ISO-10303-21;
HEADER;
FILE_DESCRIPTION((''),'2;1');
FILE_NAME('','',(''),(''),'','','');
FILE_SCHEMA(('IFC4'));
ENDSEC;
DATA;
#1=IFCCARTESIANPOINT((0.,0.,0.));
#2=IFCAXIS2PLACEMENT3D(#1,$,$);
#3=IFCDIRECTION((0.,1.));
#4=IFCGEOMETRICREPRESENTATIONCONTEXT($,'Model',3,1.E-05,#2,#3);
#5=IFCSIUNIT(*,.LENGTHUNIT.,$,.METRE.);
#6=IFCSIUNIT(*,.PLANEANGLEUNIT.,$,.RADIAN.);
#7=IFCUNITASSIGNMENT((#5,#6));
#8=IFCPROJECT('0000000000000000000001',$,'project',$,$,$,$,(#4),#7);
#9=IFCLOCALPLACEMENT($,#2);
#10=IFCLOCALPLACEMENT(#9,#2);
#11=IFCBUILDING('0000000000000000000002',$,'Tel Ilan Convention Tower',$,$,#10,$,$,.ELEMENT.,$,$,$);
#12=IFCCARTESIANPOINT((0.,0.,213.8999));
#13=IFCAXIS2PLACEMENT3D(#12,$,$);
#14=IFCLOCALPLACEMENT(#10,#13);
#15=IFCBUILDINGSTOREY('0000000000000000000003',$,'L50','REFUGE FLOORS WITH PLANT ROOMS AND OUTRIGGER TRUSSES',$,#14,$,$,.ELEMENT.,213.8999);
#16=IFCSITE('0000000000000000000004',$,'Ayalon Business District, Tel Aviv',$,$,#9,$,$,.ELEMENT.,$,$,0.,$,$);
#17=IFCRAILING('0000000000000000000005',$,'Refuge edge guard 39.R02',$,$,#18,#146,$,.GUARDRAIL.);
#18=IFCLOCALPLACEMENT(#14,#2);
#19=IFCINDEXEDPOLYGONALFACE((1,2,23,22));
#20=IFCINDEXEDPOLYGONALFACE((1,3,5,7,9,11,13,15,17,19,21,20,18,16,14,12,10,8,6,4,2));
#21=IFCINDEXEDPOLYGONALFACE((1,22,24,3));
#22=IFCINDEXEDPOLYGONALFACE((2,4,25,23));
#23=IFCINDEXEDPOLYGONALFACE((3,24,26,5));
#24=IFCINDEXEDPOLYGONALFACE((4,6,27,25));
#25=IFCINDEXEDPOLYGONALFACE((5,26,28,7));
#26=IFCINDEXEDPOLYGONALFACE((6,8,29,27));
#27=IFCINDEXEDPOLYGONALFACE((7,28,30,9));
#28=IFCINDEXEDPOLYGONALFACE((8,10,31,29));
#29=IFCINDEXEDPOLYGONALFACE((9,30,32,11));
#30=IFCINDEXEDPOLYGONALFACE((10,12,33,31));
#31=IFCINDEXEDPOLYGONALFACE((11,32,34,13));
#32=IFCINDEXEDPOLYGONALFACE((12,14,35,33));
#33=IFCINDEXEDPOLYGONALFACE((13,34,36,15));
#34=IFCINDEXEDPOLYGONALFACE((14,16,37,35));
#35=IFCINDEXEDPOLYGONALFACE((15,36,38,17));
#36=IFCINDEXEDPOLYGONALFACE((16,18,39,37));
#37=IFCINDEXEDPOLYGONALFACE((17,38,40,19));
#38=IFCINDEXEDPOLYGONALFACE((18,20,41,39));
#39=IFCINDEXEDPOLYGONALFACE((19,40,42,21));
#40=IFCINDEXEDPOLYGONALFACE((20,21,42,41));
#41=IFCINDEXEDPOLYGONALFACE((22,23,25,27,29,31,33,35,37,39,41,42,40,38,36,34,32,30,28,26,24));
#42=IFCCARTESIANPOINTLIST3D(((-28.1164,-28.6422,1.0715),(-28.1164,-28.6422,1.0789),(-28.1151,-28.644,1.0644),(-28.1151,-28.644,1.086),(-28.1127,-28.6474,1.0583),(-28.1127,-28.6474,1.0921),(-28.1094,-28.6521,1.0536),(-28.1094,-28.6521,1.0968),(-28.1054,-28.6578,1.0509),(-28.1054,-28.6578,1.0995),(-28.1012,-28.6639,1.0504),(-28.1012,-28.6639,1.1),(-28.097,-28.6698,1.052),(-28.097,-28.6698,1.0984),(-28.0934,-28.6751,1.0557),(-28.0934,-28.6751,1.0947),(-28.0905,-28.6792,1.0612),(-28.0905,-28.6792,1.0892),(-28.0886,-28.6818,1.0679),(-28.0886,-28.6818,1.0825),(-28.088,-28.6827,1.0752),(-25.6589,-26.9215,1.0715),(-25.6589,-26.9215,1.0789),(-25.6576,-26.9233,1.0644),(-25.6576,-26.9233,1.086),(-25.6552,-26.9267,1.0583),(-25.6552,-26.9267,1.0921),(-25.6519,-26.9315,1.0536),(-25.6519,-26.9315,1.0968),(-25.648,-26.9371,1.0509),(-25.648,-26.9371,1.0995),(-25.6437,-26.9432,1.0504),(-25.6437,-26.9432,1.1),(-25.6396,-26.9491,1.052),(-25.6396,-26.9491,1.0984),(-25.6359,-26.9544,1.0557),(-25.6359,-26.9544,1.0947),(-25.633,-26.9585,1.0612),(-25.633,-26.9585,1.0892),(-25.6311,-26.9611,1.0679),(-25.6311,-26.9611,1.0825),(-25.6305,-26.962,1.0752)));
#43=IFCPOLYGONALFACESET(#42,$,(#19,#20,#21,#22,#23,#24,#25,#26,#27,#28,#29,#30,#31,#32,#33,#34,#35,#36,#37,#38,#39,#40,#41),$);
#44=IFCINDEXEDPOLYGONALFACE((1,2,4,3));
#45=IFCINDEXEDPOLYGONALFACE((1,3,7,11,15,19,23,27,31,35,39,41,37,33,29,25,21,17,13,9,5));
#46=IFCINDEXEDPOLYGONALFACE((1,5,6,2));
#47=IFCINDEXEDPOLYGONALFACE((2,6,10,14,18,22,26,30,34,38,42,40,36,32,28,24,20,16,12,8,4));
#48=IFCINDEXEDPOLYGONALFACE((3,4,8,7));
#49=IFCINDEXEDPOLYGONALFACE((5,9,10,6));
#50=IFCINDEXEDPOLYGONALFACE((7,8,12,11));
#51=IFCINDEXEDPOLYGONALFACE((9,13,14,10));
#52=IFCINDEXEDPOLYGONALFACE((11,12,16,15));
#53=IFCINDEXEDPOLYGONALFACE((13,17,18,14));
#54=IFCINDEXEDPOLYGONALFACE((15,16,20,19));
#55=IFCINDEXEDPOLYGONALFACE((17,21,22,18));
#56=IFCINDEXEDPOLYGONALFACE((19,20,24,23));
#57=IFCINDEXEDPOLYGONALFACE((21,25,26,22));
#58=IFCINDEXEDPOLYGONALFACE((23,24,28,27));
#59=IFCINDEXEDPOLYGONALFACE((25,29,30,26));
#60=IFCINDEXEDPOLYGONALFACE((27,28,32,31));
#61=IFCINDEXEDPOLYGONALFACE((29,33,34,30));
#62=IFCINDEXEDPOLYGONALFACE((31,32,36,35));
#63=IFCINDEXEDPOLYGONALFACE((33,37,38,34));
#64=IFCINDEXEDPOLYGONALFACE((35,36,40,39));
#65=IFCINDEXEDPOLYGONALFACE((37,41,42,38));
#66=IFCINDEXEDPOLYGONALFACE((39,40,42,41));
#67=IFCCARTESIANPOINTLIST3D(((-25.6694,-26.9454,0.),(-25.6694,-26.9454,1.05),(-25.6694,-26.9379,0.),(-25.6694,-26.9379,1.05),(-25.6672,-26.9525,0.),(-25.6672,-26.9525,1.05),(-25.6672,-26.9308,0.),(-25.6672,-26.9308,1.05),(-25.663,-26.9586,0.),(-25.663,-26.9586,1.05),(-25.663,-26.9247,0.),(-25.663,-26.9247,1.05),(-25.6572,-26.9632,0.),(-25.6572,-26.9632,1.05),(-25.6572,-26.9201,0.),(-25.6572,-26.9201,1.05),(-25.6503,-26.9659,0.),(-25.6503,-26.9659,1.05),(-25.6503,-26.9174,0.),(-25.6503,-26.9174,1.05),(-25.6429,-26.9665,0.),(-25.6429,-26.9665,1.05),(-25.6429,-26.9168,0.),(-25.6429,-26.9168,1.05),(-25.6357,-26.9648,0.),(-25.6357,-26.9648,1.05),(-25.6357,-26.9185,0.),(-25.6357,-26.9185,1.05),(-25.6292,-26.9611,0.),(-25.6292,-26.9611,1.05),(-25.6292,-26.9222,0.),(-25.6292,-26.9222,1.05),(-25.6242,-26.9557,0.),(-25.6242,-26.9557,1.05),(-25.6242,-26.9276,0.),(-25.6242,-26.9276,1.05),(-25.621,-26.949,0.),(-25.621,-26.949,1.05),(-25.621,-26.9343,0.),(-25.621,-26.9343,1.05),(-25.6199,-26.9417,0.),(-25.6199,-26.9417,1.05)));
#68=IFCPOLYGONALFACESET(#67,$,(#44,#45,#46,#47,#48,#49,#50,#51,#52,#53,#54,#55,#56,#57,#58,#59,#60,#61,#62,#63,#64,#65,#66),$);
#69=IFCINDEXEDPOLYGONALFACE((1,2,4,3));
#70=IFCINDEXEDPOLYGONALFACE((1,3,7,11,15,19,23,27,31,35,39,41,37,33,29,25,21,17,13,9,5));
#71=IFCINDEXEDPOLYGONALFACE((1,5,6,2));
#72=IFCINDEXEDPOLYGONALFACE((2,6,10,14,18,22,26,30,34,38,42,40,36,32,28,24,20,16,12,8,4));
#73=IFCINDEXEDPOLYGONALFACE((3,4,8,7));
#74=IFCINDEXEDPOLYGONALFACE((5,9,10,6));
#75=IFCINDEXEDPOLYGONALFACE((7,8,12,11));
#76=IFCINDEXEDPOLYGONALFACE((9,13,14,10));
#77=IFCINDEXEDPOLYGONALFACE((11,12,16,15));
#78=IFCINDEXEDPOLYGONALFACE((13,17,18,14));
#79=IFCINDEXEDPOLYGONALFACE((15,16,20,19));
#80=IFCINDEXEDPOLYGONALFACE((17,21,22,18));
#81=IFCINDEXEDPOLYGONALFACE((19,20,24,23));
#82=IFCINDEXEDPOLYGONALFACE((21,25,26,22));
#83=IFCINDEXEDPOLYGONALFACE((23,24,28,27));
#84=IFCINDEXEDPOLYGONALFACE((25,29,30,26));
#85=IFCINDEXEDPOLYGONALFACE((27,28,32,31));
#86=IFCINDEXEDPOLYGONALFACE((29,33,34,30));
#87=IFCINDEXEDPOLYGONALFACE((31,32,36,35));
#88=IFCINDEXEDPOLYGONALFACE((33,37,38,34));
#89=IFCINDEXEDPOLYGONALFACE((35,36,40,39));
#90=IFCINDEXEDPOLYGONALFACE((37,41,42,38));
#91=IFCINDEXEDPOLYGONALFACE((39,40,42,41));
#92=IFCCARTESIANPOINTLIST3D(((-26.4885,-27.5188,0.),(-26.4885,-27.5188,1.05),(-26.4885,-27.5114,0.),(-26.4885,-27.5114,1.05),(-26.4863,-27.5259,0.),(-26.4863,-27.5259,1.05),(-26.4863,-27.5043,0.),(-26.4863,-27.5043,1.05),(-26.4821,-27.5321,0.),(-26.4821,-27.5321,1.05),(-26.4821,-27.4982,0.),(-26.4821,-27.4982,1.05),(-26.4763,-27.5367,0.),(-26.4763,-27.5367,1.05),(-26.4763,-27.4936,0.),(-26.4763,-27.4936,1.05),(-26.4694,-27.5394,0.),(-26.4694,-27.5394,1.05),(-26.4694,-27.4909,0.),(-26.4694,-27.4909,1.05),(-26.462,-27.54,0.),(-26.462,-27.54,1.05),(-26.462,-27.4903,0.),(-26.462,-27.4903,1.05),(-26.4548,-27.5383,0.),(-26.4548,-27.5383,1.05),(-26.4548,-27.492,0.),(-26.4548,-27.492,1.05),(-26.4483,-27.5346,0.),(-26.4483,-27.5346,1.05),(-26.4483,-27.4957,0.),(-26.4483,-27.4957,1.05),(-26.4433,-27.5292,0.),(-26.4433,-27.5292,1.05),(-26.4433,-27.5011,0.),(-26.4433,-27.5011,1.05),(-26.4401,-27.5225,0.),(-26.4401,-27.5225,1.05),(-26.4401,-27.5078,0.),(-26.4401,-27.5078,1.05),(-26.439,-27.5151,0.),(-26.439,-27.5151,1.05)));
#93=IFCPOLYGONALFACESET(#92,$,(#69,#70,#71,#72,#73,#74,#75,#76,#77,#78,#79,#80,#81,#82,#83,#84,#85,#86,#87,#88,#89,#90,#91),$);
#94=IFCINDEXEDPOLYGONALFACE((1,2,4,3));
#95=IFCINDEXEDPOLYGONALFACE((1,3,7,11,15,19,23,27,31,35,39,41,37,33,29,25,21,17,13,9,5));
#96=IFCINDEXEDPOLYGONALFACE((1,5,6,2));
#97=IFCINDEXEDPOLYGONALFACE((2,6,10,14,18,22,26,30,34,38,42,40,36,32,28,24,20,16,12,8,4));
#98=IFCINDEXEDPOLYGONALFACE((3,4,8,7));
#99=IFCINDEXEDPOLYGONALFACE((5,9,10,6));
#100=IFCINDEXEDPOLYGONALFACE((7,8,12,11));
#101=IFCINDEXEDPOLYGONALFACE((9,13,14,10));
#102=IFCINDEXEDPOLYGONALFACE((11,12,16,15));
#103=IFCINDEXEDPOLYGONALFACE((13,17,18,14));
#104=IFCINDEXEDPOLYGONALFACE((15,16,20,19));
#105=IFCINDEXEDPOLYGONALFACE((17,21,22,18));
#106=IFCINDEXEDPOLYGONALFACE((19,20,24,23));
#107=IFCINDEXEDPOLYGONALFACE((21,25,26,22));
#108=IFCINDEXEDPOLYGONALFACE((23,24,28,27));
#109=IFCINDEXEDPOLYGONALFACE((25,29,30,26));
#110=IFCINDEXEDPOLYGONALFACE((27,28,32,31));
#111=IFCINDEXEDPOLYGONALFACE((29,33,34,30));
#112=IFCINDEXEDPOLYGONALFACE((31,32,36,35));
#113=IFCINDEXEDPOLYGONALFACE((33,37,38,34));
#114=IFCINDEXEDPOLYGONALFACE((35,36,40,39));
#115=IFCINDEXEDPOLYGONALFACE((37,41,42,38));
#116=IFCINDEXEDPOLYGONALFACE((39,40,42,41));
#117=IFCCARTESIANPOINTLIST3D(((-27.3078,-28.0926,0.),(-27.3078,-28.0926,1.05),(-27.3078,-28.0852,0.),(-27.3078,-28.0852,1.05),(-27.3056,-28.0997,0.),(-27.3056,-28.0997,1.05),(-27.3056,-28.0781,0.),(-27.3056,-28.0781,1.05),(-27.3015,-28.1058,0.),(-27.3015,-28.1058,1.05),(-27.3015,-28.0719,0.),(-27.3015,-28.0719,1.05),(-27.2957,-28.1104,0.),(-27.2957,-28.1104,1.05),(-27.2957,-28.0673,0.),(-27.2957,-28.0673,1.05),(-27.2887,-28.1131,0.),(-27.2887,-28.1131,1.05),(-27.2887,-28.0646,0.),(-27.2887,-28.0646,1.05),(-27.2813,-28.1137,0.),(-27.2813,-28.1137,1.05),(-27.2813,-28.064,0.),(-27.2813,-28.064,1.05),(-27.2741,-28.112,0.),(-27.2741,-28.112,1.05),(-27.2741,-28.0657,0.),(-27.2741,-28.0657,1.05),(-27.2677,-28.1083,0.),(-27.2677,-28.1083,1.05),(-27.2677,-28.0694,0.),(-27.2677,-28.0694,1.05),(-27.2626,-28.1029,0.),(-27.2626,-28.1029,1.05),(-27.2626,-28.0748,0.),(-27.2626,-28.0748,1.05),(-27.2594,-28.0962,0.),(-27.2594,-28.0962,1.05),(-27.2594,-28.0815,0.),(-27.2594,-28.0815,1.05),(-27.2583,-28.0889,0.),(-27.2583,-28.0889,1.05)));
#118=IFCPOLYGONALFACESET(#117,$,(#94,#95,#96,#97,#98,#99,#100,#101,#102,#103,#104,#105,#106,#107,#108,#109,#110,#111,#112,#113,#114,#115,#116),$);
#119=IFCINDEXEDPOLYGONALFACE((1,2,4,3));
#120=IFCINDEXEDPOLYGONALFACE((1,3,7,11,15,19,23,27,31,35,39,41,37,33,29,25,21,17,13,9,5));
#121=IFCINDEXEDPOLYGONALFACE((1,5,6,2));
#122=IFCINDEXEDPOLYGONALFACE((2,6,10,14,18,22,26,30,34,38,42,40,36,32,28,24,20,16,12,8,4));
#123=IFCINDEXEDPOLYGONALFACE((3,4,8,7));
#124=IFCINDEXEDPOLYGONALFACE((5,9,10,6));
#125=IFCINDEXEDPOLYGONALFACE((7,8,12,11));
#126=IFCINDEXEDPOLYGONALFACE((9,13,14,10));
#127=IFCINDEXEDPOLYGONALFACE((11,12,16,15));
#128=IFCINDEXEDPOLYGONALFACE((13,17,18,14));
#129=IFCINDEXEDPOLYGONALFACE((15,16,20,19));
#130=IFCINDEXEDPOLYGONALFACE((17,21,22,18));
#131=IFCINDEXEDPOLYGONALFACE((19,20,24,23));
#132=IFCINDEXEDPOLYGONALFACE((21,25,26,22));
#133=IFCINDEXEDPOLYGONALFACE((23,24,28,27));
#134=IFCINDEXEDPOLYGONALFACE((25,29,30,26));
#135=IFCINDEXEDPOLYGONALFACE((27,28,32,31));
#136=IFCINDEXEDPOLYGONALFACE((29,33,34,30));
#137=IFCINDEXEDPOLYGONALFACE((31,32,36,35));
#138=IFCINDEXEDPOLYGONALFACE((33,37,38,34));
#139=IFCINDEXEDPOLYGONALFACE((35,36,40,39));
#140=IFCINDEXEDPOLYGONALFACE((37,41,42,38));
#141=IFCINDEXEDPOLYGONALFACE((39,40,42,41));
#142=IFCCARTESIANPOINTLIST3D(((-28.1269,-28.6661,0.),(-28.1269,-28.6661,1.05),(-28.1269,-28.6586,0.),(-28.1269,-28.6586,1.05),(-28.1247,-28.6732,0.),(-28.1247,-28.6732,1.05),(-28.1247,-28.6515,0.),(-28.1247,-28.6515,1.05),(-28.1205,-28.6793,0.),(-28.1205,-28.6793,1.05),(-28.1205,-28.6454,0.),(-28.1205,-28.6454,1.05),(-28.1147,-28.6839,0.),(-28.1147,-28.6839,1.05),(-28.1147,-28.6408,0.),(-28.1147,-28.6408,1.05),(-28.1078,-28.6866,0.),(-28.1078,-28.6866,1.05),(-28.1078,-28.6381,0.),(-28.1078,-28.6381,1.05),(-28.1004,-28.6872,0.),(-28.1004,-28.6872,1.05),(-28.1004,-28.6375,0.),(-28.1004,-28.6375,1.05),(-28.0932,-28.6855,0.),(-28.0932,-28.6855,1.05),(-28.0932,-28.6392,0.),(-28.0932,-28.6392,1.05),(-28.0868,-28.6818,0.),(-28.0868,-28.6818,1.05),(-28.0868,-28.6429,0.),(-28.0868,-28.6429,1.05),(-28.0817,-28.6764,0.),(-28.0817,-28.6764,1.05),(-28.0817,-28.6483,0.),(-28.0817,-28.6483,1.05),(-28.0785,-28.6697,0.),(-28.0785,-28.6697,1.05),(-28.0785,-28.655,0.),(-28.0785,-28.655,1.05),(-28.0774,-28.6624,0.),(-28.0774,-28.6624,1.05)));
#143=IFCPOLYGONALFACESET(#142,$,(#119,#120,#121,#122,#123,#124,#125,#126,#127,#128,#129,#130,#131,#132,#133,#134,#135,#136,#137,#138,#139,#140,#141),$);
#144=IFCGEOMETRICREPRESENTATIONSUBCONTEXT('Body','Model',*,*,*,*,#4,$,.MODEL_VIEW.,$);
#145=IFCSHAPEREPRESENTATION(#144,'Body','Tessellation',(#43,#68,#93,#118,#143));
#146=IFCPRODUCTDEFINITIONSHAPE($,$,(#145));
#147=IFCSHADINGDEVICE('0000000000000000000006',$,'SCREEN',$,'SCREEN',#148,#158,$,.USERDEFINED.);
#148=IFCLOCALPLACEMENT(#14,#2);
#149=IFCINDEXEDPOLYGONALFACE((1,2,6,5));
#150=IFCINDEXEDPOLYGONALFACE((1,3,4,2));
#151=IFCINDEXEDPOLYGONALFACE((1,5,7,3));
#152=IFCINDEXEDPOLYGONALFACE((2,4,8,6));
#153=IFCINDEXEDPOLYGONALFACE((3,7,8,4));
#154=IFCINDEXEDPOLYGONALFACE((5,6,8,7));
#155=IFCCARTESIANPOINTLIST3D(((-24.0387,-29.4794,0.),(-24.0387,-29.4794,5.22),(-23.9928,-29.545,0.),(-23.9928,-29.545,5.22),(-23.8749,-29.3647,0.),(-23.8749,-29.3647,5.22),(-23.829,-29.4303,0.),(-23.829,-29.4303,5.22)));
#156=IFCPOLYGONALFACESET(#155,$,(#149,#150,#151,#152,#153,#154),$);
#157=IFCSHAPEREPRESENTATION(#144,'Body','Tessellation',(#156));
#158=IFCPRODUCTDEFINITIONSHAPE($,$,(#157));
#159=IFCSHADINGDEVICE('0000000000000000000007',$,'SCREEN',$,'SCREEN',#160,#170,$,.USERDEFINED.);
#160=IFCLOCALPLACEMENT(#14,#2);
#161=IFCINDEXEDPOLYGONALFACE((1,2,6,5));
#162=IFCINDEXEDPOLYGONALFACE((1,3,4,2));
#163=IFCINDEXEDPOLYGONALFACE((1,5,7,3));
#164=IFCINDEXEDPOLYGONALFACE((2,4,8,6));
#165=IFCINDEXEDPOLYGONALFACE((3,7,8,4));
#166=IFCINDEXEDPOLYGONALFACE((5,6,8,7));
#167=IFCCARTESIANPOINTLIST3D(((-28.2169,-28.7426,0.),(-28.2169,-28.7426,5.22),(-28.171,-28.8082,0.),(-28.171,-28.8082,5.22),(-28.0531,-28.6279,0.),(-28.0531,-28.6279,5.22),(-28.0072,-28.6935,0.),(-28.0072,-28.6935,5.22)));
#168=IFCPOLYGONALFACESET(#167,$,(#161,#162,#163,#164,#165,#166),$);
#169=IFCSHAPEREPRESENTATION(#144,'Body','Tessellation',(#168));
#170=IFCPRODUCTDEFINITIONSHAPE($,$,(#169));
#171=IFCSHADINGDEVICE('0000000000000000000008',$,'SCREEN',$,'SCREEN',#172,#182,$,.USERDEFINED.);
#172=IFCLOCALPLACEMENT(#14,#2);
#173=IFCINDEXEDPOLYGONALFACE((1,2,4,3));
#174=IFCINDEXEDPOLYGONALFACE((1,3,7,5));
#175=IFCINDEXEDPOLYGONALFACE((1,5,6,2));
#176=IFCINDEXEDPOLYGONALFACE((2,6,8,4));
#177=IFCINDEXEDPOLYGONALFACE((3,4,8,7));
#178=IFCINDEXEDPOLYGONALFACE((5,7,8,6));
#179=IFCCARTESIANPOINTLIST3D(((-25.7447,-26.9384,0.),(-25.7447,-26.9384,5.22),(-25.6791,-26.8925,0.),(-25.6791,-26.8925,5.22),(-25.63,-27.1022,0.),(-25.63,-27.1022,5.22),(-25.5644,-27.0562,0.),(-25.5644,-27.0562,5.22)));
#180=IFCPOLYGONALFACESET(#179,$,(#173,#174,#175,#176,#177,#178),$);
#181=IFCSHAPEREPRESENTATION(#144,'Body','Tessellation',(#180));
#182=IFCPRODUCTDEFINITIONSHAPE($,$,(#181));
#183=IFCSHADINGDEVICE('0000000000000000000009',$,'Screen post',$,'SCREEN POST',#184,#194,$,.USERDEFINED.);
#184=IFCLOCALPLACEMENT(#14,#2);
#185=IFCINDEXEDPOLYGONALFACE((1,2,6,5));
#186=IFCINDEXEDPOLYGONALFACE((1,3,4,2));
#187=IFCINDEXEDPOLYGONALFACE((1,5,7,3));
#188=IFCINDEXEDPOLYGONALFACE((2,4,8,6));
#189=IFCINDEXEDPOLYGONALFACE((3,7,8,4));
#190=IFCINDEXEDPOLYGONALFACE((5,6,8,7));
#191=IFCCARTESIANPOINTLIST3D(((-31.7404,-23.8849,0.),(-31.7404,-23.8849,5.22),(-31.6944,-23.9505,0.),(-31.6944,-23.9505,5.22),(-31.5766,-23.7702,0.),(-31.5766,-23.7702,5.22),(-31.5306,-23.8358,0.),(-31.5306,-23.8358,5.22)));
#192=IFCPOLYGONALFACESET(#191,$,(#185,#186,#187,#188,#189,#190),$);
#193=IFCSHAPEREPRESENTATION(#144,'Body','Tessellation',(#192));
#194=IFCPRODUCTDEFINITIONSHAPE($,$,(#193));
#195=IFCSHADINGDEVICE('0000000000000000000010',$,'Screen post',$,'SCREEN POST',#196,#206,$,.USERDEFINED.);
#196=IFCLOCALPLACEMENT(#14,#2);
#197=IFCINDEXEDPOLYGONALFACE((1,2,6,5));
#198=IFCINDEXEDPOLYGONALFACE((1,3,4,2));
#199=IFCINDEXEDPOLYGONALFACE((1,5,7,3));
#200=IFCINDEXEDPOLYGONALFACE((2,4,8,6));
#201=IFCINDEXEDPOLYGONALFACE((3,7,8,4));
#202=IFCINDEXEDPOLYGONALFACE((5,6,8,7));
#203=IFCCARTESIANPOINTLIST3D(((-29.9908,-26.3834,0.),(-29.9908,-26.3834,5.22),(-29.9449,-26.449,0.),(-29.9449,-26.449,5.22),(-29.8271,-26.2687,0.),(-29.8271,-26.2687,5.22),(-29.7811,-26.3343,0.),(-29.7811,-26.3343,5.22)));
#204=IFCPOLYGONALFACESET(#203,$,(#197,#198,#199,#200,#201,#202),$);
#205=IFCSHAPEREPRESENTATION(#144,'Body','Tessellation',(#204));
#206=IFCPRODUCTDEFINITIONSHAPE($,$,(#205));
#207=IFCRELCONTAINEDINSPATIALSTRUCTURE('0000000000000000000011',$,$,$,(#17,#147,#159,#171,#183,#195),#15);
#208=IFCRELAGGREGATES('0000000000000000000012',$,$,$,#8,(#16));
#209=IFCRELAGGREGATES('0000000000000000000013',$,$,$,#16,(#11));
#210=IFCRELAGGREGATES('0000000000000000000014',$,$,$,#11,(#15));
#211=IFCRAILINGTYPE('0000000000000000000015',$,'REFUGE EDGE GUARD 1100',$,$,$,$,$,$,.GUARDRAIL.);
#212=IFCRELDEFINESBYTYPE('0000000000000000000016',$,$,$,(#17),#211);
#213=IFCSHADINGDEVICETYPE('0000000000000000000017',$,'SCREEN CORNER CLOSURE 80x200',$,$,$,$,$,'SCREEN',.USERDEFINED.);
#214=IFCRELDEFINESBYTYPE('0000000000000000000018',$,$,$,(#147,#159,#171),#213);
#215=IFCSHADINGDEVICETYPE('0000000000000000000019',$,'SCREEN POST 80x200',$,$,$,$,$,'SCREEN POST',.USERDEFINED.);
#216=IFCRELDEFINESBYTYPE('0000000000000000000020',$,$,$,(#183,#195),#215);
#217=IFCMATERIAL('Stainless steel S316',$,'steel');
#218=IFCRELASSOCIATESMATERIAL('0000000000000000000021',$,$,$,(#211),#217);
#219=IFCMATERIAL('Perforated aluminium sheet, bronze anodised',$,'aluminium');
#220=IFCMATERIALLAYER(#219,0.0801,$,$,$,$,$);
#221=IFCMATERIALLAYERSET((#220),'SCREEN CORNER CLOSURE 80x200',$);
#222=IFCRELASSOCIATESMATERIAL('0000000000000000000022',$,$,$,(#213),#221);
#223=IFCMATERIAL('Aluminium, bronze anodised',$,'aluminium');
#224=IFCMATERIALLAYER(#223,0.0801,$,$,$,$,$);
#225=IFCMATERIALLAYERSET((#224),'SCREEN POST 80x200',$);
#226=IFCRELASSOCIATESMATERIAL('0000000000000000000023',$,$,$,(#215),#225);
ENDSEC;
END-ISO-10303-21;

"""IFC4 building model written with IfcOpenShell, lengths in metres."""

from ifc_helpers import new_model, si_unit, direction, frame, origin, origin_2d, place, context, subcontext, project, spatial, rectangle, circle, extrude, material, layer, layer_set, type_object, element, save


model = new_model("IFC4")

# Units and contexts
model_context = context("Model", 3, precision=1e-05, world=origin(), true_north=direction((0.0, 1.0)))
body_context = subcontext(model_context, "Body", "Model", "MODEL_VIEW")
ifc_project = project(units=[si_unit("LENGTHUNIT", "METRE"), si_unit("PLANEANGLEUNIT", "RADIAN")], contexts=[model_context])

# Site, building, storey
site_placement = place(None, origin())
site = spatial("IfcSite", under=ifc_project, at=site_placement, Name="Ayalon Business District, Tel Aviv", CompositionType="ELEMENT", RefElevation=0.0)
building_placement = place(site_placement, origin())
building = spatial("IfcBuilding", under=site, at=building_placement, Name="Tel Ilan Convention Tower", CompositionType="ELEMENT")
storey_placement = place(building_placement, frame((0.0, 0.0, 213.8999)))
storey = spatial("IfcBuildingStorey", under=building, at=storey_placement, Name="L50", Description="REFUGE FLOORS WITH PLANT ROOMS AND OUTRIGGER TRUSSES", CompositionType="ELEMENT", Elevation=213.8999)

# Railing
ifc_material_1 = material(Name="Stainless steel S316", Category="steel")
railing_type = type_object("IfcRailingType", Name="REFUGE EDGE GUARD 1100", PredefinedType="GUARDRAIL", material=ifc_material_1)
railing_1_placement = place(storey_placement, frame((-25.6448, -26.9417, 0.0)))
element("IfcRailing", 1, at=railing_1_placement, inside=storey, type_object=railing_type, Name="Refuge edge guard 39.R02", PredefinedType="GUARDRAIL", context=body_context, shape_type="SweptSolid", body=[
    extrude(circle(Radius=0.0249, at=origin_2d()), frame((0.0, 0.0, 1.0752), z_axis=(-0.819163, -0.573561, 0.0), x_axis=(0.573561, -0.819163, 0.0)), (0.0, 0.0, 1.0), 3.0),
    extrude(circle(Radius=0.0249, at=origin_2d()), origin(), (0.0, 0.0, 1.0), 1.05),
    extrude(circle(Radius=0.0249, at=origin_2d()), frame((-0.8191, -0.5735, 0.0)), (0.0, 0.0, 1.0), 1.05),
    extrude(circle(Radius=0.0249, at=origin_2d()), frame((-1.6384, -1.1472, 0.0)), (0.0, 0.0, 1.0), 1.05),
    extrude(circle(Radius=0.0249, at=origin_2d()), frame((-2.4575, -1.7207, 0.0)), (0.0, 0.0, 1.0), 1.05),
])

# Shading devices
ifc_material_2 = material(Name="Perforated aluminium sheet, bronze anodised", Category="aluminium")
ifc_layer_1 = layer(ifc_material_2, 0.0801)
ifc_layer_set_1 = layer_set([ifc_layer_1], Name="SCREEN CORNER CLOSURE 80x200")
shading_device_type_1 = type_object("IfcShadingDeviceType", Name="SCREEN CORNER CLOSURE 80x200", ElementType="SCREEN", PredefinedType="USERDEFINED", material=ifc_layer_set_1)
for number, where, z_axis, x_axis, name in (
    (2, (-23.9338, -29.4548, 0.0), (0.0, 0.0, 1.0), (0.573576, -0.819152, 0.0), "SCREEN"),
    (3, (-28.1121, -28.718, 0.0), (0.0, 0.0, 1.0), (0.573576, -0.819152, 0.0), "SCREEN"),
    (4, (-25.6545, -26.9973, 0.0), (0.0, 0.0, 1.0), (0.819152, 0.573576, 0.0), "SCREEN"),
):
    element("IfcShadingDevice", number, at=place(storey_placement, frame(where, z_axis=z_axis, x_axis=x_axis)), inside=storey, type_object=shading_device_type_1, Name=name, ObjectType="SCREEN", PredefinedType="USERDEFINED", context=body_context, shape_type="SweptSolid", body=[
        extrude(rectangle(XDim=0.0801, YDim=0.2, at=origin_2d()), origin(), (0.0, 0.0, 1.0), 5.22),
    ])
ifc_material_3 = material(Name="Aluminium, bronze anodised", Category="aluminium")
ifc_layer_2 = layer(ifc_material_3, 0.0801)
ifc_layer_set_2 = layer_set([ifc_layer_2], Name="SCREEN POST 80x200")
shading_device_type_2 = type_object("IfcShadingDeviceType", Name="SCREEN POST 80x200", ElementType="SCREEN POST", PredefinedType="USERDEFINED", material=ifc_layer_set_2)
for number, where, z_axis, x_axis, name in (
    (5, (-31.6355, -23.8604, 0.0), (0.0, 0.0, 1.0), (0.573576, -0.819152, 0.0), "Screen post"),
    (6, (-29.886, -26.3589, 0.0), (0.0, 0.0, 1.0), (0.573576, -0.819152, 0.0), "Screen post"),
):
    element("IfcShadingDevice", number, at=place(storey_placement, frame(where, z_axis=z_axis, x_axis=x_axis)), inside=storey, type_object=shading_device_type_2, Name=name, ObjectType="SCREEN POST", PredefinedType="USERDEFINED", context=body_context, shape_type="SweptSolid", body=[
        extrude(rectangle(XDim=0.0801, YDim=0.2, at=origin_2d()), origin(), (0.0, 0.0, 1.0), 5.22),
    ])

save(model, "model.ifc")
